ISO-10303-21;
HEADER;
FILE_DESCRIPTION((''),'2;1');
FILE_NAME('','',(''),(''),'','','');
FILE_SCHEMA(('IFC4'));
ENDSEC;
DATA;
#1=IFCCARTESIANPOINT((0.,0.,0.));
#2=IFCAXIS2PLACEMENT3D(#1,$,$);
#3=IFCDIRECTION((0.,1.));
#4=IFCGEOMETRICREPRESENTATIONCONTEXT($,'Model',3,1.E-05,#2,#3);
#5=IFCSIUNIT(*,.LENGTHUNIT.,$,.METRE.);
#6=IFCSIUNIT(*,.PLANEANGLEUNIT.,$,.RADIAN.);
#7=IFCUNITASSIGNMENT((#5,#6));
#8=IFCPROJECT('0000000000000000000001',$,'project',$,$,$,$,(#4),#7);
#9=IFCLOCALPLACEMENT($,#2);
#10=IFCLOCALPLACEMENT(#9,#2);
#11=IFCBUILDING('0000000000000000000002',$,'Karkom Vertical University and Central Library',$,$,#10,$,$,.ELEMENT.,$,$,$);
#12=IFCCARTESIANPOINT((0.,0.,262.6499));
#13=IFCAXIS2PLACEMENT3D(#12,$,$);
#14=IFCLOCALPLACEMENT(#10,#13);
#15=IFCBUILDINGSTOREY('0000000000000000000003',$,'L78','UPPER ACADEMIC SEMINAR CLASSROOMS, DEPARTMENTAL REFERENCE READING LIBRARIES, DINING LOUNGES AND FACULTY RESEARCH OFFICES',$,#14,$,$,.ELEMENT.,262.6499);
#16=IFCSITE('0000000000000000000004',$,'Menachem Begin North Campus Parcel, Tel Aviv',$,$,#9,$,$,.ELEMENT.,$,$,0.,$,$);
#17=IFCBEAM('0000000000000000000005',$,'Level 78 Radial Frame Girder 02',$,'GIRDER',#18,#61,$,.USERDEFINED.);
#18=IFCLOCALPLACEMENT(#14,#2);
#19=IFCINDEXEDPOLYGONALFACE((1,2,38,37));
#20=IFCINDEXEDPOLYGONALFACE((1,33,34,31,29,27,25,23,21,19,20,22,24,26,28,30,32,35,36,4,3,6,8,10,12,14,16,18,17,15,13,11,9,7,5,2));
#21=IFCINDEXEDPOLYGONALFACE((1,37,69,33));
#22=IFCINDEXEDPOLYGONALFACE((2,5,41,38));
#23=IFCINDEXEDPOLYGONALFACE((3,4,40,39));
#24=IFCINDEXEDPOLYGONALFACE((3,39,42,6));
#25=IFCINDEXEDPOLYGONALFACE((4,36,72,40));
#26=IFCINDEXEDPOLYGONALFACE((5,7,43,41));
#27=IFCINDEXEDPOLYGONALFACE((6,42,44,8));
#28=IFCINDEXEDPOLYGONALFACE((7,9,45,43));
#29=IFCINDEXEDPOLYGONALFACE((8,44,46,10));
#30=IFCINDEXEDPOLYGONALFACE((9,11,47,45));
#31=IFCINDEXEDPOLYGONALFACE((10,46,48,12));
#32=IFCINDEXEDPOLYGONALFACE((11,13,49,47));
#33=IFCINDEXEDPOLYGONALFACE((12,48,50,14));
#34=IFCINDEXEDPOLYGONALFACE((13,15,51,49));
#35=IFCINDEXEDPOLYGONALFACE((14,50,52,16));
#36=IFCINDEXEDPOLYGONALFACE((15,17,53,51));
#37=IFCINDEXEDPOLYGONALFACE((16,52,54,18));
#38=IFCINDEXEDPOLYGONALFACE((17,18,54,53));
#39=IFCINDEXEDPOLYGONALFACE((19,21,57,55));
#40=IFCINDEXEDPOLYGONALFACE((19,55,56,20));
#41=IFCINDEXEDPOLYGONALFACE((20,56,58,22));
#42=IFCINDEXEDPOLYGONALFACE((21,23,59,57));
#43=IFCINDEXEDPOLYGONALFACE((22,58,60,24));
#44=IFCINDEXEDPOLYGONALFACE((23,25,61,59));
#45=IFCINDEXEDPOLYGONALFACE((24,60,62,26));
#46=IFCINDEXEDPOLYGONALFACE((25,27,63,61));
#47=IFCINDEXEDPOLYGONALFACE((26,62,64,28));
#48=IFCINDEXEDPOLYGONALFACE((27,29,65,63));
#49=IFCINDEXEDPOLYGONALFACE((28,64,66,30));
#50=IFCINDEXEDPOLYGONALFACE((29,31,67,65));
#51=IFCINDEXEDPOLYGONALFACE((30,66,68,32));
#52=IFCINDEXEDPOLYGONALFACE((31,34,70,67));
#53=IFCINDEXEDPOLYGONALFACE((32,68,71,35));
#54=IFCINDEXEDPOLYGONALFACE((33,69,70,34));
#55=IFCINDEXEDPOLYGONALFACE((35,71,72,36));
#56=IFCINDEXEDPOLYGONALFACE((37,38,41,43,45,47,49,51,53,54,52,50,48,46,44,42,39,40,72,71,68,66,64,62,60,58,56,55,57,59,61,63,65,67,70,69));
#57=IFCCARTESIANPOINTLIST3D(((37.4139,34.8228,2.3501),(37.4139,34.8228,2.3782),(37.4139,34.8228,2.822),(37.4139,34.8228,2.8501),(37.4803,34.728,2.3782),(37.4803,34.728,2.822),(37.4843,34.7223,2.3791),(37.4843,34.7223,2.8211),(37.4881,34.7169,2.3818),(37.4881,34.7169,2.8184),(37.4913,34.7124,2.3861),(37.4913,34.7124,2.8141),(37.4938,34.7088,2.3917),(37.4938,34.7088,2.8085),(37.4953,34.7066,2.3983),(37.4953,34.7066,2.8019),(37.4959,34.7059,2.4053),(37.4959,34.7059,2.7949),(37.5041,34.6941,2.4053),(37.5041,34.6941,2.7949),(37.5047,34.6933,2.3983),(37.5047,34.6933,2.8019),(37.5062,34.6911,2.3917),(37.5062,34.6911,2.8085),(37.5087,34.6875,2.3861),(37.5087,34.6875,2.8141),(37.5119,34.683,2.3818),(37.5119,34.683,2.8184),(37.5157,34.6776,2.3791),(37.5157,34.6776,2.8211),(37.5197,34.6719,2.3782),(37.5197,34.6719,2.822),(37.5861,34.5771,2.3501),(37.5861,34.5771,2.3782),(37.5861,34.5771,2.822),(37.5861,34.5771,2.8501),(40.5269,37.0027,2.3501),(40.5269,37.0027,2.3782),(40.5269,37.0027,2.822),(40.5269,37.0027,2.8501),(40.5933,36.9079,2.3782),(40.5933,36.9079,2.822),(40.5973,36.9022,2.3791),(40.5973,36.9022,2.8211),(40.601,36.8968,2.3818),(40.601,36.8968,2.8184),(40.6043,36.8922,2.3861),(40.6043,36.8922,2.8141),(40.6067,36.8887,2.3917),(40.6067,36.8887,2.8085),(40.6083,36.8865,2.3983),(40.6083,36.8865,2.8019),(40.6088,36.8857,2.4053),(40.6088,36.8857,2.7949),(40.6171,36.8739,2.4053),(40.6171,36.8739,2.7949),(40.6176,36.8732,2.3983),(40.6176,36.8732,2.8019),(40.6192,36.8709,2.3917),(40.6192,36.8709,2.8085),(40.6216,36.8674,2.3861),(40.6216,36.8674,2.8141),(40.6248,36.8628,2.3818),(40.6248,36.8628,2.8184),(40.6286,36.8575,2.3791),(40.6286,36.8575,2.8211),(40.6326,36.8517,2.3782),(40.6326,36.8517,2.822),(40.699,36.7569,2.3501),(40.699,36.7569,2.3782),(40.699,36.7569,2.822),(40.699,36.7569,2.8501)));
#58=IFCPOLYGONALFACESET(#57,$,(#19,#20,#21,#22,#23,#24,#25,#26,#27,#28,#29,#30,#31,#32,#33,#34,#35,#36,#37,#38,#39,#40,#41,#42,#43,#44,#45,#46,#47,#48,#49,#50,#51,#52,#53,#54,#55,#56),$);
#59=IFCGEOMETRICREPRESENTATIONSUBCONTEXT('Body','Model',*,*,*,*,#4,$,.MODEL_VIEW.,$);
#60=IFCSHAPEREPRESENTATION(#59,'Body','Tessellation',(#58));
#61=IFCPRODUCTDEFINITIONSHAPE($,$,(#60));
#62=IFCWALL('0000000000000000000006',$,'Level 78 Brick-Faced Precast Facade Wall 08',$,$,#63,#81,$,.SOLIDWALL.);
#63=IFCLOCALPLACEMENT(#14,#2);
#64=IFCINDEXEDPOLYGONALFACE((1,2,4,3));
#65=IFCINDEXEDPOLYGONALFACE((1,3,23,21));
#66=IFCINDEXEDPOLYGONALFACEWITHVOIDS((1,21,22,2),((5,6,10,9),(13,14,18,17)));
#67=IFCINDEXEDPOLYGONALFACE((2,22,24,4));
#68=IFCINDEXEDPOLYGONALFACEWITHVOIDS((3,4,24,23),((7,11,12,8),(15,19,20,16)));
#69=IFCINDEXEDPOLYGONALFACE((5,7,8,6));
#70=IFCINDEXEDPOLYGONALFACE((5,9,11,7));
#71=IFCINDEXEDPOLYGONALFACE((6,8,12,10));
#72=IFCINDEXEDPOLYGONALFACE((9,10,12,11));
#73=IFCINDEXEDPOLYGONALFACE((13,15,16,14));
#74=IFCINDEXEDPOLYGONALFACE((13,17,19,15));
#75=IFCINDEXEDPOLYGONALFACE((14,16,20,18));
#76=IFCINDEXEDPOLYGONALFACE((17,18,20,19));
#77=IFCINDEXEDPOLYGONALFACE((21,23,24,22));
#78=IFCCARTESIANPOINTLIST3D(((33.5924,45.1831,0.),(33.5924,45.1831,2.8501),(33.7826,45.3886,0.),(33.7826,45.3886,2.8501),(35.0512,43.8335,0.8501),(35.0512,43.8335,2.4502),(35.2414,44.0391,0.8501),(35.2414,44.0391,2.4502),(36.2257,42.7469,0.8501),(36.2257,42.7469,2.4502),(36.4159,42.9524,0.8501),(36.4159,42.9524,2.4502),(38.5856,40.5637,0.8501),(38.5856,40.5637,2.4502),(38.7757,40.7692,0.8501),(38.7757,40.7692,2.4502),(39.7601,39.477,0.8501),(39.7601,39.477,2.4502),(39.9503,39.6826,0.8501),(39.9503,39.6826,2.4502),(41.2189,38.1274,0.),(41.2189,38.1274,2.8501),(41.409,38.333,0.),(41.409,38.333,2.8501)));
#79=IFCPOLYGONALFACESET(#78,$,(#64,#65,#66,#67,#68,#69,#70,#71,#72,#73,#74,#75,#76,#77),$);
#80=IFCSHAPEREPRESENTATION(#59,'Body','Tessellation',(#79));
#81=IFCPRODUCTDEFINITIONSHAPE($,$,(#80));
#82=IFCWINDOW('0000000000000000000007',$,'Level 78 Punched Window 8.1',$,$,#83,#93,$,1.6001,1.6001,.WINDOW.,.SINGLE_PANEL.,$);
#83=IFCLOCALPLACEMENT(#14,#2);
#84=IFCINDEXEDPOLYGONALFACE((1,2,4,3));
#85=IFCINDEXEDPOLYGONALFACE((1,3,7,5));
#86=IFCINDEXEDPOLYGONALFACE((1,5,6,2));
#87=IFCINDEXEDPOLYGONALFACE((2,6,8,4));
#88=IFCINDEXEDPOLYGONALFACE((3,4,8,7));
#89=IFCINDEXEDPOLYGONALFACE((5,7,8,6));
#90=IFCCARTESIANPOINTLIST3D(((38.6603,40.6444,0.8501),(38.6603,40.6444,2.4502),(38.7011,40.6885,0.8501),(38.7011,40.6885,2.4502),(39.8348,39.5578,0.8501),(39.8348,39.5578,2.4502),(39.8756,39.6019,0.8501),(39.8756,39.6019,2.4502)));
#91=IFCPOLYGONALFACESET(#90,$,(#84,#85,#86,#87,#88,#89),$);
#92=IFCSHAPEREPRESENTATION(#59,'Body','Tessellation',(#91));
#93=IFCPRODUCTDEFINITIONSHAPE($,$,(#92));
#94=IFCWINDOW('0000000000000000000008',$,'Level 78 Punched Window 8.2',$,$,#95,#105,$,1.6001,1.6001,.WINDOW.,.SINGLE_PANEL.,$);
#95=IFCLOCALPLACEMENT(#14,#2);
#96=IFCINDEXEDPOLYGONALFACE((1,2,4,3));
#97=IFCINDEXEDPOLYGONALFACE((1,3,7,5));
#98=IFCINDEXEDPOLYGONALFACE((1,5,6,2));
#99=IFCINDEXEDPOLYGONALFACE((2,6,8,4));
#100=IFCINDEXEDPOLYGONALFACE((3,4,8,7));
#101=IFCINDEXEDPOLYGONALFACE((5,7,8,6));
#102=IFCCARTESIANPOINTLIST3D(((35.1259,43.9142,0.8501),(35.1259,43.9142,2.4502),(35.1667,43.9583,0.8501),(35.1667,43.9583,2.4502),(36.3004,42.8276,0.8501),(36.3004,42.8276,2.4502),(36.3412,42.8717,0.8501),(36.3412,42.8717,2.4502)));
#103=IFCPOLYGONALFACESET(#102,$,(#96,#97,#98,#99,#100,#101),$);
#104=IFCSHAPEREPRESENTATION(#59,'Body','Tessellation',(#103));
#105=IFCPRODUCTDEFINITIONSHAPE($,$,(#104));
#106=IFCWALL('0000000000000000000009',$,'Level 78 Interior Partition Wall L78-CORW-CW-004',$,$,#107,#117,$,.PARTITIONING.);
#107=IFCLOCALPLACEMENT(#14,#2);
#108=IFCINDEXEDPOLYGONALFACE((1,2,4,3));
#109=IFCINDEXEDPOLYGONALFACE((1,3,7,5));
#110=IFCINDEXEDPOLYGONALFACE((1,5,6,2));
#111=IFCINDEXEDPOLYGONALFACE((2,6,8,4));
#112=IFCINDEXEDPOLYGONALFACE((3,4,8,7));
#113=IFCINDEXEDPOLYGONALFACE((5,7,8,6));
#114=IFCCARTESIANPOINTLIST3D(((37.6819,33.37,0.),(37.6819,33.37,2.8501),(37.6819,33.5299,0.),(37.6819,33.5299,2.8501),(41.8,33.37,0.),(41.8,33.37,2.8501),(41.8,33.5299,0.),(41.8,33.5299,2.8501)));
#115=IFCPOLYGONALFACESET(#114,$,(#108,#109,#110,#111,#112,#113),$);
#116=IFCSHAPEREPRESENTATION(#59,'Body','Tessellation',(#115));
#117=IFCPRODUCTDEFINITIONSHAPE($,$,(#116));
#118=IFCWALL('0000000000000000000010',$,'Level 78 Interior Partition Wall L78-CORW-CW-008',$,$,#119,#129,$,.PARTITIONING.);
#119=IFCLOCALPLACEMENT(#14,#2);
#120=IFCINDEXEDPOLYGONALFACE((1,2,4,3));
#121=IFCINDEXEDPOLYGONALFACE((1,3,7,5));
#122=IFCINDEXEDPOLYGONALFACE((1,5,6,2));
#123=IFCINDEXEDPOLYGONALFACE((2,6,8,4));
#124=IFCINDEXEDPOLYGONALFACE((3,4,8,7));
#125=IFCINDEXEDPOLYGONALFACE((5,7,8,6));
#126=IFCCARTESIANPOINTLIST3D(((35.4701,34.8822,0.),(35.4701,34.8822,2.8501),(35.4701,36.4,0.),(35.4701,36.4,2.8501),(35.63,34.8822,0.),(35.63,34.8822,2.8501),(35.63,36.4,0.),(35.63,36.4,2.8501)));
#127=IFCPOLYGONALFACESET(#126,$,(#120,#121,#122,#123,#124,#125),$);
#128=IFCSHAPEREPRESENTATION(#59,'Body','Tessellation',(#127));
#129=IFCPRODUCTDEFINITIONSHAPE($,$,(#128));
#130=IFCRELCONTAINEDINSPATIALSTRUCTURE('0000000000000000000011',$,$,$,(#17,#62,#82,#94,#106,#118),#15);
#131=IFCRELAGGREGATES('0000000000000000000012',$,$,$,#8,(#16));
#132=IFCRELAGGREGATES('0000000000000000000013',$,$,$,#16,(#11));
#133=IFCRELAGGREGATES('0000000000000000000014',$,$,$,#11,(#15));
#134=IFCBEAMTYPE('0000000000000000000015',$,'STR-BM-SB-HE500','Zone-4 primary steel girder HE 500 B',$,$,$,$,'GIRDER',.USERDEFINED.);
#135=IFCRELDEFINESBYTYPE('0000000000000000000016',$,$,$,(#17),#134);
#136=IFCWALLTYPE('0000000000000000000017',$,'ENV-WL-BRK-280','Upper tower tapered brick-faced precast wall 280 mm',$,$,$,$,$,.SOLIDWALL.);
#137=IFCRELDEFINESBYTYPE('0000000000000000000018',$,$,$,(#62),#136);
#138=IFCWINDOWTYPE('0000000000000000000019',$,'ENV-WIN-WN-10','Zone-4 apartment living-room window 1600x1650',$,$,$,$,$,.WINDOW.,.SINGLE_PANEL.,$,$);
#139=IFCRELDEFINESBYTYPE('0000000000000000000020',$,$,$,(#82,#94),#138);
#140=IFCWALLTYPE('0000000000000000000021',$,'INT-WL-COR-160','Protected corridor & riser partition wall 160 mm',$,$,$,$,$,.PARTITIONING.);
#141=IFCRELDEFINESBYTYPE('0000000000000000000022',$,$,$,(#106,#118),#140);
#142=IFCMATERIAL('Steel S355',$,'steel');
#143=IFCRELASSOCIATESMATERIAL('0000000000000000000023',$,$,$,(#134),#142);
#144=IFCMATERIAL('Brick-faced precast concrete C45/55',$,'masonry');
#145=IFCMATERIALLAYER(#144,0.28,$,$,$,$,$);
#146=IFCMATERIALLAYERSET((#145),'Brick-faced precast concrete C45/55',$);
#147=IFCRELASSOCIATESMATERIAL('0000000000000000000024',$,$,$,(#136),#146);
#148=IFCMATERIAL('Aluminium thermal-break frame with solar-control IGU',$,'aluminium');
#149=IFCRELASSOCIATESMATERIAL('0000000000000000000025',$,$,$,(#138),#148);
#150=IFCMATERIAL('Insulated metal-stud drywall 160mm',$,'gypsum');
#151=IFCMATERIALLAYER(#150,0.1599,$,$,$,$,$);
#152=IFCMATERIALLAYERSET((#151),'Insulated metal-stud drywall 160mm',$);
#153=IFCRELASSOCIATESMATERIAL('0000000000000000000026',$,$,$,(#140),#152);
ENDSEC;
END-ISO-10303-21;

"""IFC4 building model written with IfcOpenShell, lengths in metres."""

from ifc_helpers import new_model, si_unit, direction, frame, frame_2d, origin, origin_with_axes, origin_2d, place, context, subcontext, project, spatial, rectangle, i_section, extrude, source, transform, mapped, material, layer, layer_set, material_profile, profile_set, type_object, element, fill, save


model = new_model("IFC4")

# Units and contexts
model_context = context("Model", 3, precision=1e-05, world=origin(), true_north=direction((0.0, 1.0)))
body_context = subcontext(model_context, "Body", "Model", "MODEL_VIEW")
ifc_project = project(units=[si_unit("LENGTHUNIT", "METRE"), si_unit("PLANEANGLEUNIT", "RADIAN")], contexts=[model_context])

# Site, building, storey
site_placement = place(None, origin())
site = spatial("IfcSite", under=ifc_project, at=site_placement, Name="Menachem Begin North Campus Parcel, Tel Aviv", CompositionType="ELEMENT", RefElevation=0.0)
building_placement = place(site_placement, origin())
building = spatial("IfcBuilding", under=site, at=building_placement, Name="Karkom Vertical University and Central Library", CompositionType="ELEMENT")
storey_placement = place(building_placement, frame((0.0, 0.0, 262.6499)))
storey = spatial("IfcBuildingStorey", under=building, at=storey_placement, Name="L78", Description="UPPER ACADEMIC SEMINAR CLASSROOMS, DEPARTMENTAL REFERENCE READING LIBRARIES, DINING LOUNGES AND FACULTY RESEARCH OFFICES", CompositionType="ELEMENT", Elevation=262.6499)

# Beam
ifc_material_1 = material(Name="Steel S355", Category="steel")
ifc_material_profile_1 = material_profile(ifc_material_1, i_section(OverallWidth=0.3, OverallDepth=0.5, WebThickness=0.0144, FlangeThickness=0.0281, FilletRadius=0.0271, at=origin_2d()), Name="HE 500 B")
ifc_profile_set_1 = profile_set([ifc_material_profile_1], Name="Steel S355")
beam_type_1 = type_object("IfcBeamType", Name="STR-BM-SB-HE500", Description="Zone-4 primary steel girder HE 500 B", ElementType="GIRDER", PredefinedType="USERDEFINED", material=ifc_profile_set_1)
shared_shape_1 = source(origin_with_axes(), body_context, "Body", "SweptSolid", [
    extrude(i_section(OverallWidth=0.3, OverallDepth=0.5, WebThickness=0.0144, FlangeThickness=0.0281, FilletRadius=0.0271, at=origin_2d()), origin(), (0.0, 0.0, 1.0), 3.8003),
])
beam_1_placement = place(storey_placement, frame((37.5, 34.7, 2.6001), z_axis=(0.819132, 0.573605, 0.0), x_axis=(-0.573605, 0.819132, 0.0)))
element("IfcBeam", 1, at=beam_1_placement, inside=storey, type_object=beam_type_1, Name="Level 78 Radial Frame Girder 02", ObjectType="GIRDER", PredefinedType="USERDEFINED", context=body_context, shape_type="MappedRepresentation", body=[
    mapped(shared_shape_1, transform((0.0, 0.0, 0.0), scale=1.0)),
])

# Wall, openings, windows
ifc_material_2 = material(Name="Brick-faced precast concrete C45/55", Category="masonry")
ifc_layer_1 = layer(ifc_material_2, 0.28)
ifc_layer_set_1 = layer_set([ifc_layer_1], Name="Brick-faced precast concrete C45/55")
wall_type_1 = type_object("IfcWallType", Name="ENV-WL-BRK-280", Description="Upper tower tapered brick-faced precast wall 280 mm", PredefinedType="SOLIDWALL", material=ifc_layer_set_1)
wall_1_placement = place(storey_placement, frame((41.314, 38.2302, 0.0), z_axis=(0.0, 0.0, 1.0), x_axis=(-0.734043, 0.679103, 0.0)))
wall_1 = element("IfcWall", 2, at=wall_1_placement, inside=storey, type_object=wall_type_1, Name="Level 78 Brick-Faced Precast Facade Wall 08", PredefinedType="SOLIDWALL", context=body_context, shape_type="SweptSolid", body=[
    extrude(rectangle(XDim=10.3896, YDim=0.28, at=frame_2d((5.1948, 0.0))), origin(), (0.0, 0.0, 1.0), 2.8501),
])
opening_1_placement = place(wall_1_placement, frame((1.9873, 0.0, 0.8501)))
opening_1 = element("IfcOpeningElement", 3, at=opening_1_placement, cuts=wall_1, PredefinedType="OPENING", context=body_context, shape_type="SweptSolid", body=[
    extrude(rectangle(XDim=1.6001, YDim=1.6001, at=frame_2d((0.8, 0.8))), frame((0.0, 0.1499, 0.0), z_axis=(0.0, -1.0, 0.0), x_axis=(1.0, 0.0, 0.0)), (0.0, 0.0, 1.0), 0.3),
])
opening_2_placement = place(wall_1_placement, frame((6.8022, 0.0, 0.8501)))
opening_2 = element("IfcOpeningElement", 4, at=opening_2_placement, cuts=wall_1, PredefinedType="OPENING", context=body_context, shape_type="SweptSolid", body=[
    extrude(rectangle(XDim=1.6001, YDim=1.6001, at=frame_2d((0.8, 0.8))), frame((0.0, 0.1499, 0.0), z_axis=(0.0, -1.0, 0.0), x_axis=(1.0, 0.0, 0.0)), (0.0, 0.0, 1.0), 0.3),
])
ifc_material_3 = material(Name="Aluminium thermal-break frame with solar-control IGU", Category="aluminium")
window_type = type_object("IfcWindowType", Name="ENV-WIN-WN-10", Description="Zone-4 apartment living-room window 1600x1650", PartitioningType="SINGLE_PANEL", PredefinedType="WINDOW", material=ifc_material_3)
shared_shape_2 = source(origin_with_axes(), body_context, "Body", "SweptSolid", [
    extrude(rectangle(XDim=1.6001, YDim=1.6001, at=frame_2d((0.8, 0.8))), frame((0.0, 0.03, 0.0), z_axis=(0.0, -1.0, 0.0), x_axis=(1.0, 0.0, 0.0)), (0.0, 0.0, 1.0), 0.0601),
])
window_1_placement = place(opening_1_placement, origin())
window_1 = element("IfcWindow", 5, at=window_1_placement, inside=storey, type_object=window_type, Name="Level 78 Punched Window 8.1", OverallHeight=1.6001, OverallWidth=1.6001, PartitioningType="SINGLE_PANEL", PredefinedType="WINDOW", context=body_context, shape_type="MappedRepresentation", body=[
    mapped(shared_shape_2, transform((0.0, 0.0, 0.0), scale=1.0)),
])
fill(opening_1, window_1)
window_2_placement = place(opening_2_placement, origin())
window_2 = element("IfcWindow", 6, at=window_2_placement, inside=storey, type_object=window_type, Name="Level 78 Punched Window 8.2", OverallHeight=1.6001, OverallWidth=1.6001, PartitioningType="SINGLE_PANEL", PredefinedType="WINDOW", context=body_context, shape_type="MappedRepresentation", body=[
    mapped(shared_shape_2, transform((0.0, 0.0, 0.0), scale=1.0)),
])
fill(opening_2, window_2)

# Shared definitions
ifc_material_4 = material(Name="Insulated metal-stud drywall 160mm", Category="gypsum")
ifc_layer_2 = layer(ifc_material_4, 0.1599)
ifc_layer_set_2 = layer_set([ifc_layer_2], Name="Insulated metal-stud drywall 160mm")
wall_type_2 = type_object("IfcWallType", Name="INT-WL-COR-160", Description="Protected corridor & riser partition wall 160 mm", PredefinedType="PARTITIONING", material=ifc_layer_set_2)

# Walls
wall_2_placement = place(storey_placement, frame((37.6819, 33.45, 0.0), z_axis=(0.0, 0.0, 1.0), x_axis=(1.0, 0.0, 0.0)))
element("IfcWall", 7, at=wall_2_placement, inside=storey, type_object=wall_type_2, Name="Level 78 Interior Partition Wall L78-CORW-CW-004", PredefinedType="PARTITIONING", context=body_context, shape_type="SweptSolid", body=[
    extrude(rectangle(XDim=4.1182, YDim=0.1599, at=frame_2d((2.0591, 0.0))), origin(), (0.0, 0.0, 1.0), 2.8501),
])
wall_3_placement = place(storey_placement, frame((35.55, 36.3999, 0.0), z_axis=(0.0, 0.0, 1.0), x_axis=(0.0, -1.0, 0.0)))
element("IfcWall", 8, at=wall_3_placement, inside=storey, type_object=wall_type_2, Name="Level 78 Interior Partition Wall L78-CORW-CW-008", PredefinedType="PARTITIONING", context=body_context, shape_type="SweptSolid", body=[
    extrude(rectangle(XDim=1.5178, YDim=0.1599, at=frame_2d((0.7588, 0.0))), origin(), (0.0, 0.0, 1.0), 2.8501),
])

save(model, "model.ifc")
